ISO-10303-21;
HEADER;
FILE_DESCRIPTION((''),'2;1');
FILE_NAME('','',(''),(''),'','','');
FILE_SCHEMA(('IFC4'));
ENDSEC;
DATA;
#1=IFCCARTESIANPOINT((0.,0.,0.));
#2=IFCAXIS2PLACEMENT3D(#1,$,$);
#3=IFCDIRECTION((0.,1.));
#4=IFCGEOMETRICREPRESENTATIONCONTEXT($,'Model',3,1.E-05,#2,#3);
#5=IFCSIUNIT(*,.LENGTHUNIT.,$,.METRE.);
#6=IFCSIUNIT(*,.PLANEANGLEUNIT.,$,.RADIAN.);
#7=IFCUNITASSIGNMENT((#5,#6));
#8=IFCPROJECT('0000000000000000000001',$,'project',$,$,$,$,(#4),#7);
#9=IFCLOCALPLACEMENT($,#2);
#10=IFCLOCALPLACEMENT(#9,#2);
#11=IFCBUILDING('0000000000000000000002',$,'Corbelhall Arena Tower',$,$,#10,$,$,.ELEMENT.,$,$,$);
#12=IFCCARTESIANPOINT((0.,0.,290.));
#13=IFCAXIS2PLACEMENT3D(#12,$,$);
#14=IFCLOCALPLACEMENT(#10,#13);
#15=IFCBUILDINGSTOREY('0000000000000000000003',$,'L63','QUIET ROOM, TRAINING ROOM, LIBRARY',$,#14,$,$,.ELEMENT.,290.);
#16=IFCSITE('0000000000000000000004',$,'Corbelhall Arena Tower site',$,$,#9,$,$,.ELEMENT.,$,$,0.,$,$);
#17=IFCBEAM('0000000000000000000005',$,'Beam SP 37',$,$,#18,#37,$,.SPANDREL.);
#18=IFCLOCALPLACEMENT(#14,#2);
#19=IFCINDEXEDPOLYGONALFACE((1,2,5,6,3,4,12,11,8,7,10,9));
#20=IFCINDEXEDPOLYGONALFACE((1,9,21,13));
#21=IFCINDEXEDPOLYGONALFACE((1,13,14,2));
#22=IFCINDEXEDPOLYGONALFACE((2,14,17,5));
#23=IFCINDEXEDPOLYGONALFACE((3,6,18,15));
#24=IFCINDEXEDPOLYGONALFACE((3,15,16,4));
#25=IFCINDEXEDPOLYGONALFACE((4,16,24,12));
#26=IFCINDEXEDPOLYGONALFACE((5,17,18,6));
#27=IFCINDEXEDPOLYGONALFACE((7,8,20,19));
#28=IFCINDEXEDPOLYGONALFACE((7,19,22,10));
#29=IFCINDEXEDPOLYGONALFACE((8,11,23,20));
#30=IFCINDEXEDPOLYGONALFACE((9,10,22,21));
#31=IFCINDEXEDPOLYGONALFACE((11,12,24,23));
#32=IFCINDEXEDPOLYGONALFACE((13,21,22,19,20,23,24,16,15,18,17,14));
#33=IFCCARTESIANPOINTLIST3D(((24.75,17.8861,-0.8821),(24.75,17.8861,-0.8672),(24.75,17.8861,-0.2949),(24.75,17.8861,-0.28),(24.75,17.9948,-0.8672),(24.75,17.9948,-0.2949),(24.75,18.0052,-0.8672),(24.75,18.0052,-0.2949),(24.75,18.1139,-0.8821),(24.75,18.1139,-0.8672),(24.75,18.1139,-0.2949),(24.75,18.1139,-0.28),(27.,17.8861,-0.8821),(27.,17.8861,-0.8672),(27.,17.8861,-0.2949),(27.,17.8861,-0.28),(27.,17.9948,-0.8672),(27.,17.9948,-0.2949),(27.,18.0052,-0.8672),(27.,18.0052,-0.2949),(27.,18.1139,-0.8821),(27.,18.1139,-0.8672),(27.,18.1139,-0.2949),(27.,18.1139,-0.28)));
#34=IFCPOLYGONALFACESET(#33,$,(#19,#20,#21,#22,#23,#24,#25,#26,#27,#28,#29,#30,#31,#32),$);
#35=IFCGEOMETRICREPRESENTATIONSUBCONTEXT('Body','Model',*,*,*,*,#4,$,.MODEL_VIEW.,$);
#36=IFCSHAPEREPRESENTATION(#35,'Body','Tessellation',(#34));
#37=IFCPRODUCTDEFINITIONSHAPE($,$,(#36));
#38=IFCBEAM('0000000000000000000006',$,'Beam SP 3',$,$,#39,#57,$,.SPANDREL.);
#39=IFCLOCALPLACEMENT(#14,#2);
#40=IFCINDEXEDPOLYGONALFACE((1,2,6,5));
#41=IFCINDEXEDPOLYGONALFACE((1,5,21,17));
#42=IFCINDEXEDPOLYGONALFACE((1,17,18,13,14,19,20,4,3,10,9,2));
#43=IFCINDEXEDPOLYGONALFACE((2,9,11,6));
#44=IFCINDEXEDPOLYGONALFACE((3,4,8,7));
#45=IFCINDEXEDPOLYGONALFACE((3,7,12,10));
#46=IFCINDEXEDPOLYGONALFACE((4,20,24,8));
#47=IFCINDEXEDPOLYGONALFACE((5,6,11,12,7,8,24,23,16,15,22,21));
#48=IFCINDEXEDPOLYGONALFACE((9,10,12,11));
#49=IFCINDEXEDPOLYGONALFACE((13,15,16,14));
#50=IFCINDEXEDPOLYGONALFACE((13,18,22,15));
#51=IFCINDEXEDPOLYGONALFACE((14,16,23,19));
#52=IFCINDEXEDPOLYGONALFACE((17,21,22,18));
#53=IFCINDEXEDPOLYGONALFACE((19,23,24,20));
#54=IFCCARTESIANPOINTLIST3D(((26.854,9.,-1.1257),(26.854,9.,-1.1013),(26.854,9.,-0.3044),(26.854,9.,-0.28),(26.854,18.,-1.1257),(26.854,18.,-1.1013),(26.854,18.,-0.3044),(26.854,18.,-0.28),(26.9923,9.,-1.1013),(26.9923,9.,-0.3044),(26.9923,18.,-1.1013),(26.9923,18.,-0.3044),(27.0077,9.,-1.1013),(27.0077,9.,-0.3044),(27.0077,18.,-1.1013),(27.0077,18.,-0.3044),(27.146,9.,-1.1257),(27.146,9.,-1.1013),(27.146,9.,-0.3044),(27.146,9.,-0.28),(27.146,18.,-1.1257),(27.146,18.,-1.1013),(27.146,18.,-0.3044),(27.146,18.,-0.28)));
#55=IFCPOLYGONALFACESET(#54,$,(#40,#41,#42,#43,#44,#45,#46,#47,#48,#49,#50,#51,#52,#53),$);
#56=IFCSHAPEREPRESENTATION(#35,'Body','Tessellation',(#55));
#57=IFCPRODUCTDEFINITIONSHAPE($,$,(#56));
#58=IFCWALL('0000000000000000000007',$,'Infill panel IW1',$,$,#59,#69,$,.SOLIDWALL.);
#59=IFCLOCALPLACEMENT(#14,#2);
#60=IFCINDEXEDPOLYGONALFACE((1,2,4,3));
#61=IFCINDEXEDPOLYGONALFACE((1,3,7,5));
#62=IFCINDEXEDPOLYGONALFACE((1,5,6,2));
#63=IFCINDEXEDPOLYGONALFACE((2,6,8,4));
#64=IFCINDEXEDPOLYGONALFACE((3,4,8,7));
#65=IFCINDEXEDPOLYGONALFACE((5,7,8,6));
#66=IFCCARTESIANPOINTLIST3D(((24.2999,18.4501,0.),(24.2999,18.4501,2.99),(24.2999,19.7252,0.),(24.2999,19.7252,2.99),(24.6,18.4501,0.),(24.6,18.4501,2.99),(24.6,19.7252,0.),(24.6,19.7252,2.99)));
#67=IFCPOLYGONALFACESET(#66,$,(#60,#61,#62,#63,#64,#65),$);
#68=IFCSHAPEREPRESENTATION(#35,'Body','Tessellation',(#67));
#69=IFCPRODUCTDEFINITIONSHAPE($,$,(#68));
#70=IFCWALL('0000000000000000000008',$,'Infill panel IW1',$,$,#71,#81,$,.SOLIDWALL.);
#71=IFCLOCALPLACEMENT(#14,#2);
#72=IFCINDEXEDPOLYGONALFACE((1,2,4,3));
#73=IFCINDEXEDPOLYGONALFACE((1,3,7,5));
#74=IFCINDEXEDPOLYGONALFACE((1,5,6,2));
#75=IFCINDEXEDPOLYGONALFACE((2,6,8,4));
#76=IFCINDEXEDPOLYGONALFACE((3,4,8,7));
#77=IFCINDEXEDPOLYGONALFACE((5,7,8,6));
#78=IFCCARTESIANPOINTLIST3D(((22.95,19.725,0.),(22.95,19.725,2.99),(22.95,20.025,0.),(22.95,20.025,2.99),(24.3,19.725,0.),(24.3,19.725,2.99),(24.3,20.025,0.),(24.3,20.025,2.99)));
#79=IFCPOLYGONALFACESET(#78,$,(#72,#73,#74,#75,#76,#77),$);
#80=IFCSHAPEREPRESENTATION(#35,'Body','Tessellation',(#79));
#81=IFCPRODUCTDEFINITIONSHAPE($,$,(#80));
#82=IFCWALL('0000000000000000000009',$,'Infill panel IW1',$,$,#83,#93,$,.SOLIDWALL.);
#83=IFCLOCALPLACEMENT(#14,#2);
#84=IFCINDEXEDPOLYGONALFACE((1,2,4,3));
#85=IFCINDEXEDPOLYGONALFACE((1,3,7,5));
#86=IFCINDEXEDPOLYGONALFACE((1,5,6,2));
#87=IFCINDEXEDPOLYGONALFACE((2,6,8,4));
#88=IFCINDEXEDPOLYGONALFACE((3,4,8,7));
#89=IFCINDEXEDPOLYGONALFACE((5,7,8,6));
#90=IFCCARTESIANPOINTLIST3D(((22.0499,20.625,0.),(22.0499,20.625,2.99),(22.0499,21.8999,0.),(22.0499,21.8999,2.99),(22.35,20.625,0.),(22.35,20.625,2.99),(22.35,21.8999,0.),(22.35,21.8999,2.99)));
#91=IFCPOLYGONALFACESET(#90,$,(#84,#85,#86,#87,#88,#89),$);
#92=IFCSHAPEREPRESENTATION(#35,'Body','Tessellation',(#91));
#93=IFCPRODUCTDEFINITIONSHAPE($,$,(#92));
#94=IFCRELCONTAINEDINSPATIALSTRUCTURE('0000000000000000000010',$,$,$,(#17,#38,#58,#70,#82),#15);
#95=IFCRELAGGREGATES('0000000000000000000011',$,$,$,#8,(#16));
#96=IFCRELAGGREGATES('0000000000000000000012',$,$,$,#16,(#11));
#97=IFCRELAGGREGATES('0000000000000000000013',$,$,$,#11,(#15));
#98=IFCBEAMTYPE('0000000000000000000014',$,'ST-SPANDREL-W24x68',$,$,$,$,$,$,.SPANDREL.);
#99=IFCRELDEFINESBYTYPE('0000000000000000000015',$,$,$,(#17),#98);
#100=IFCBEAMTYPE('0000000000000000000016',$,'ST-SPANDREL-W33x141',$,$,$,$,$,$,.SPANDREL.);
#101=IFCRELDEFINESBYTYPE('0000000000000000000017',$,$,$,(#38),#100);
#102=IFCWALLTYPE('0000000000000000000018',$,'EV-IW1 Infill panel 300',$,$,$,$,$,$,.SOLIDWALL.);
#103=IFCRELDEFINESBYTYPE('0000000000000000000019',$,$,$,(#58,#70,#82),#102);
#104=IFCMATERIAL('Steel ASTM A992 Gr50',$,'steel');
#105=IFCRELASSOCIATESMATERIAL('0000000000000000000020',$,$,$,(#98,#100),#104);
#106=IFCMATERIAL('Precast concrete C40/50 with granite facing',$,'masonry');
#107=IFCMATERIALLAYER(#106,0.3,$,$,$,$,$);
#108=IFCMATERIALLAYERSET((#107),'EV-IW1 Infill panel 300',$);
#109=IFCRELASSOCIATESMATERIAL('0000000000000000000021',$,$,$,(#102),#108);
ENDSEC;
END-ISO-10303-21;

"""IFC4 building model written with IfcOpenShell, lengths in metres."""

from ifc_helpers import new_model, si_unit, direction, frame, frame_2d, origin, origin_2d, place, context, subcontext, project, spatial, rectangle, i_section, extrude, material, layer, layer_set, material_profile, profile_set, type_object, element, save


model = new_model("IFC4")

# Units and contexts
model_context = context("Model", 3, precision=1e-05, world=origin(), true_north=direction((0.0, 1.0)))
body_context = subcontext(model_context, "Body", "Model", "MODEL_VIEW")
ifc_project = project(units=[si_unit("LENGTHUNIT", "METRE"), si_unit("PLANEANGLEUNIT", "RADIAN")], contexts=[model_context])

# Site, building, storey
site_placement = place(None, origin())
site = spatial("IfcSite", under=ifc_project, at=site_placement, Name="Corbelhall Arena Tower site", CompositionType="ELEMENT", RefElevation=0.0)
building_placement = place(site_placement, origin())
building = spatial("IfcBuilding", under=site, at=building_placement, Name="Corbelhall Arena Tower", CompositionType="ELEMENT")
storey_placement = place(building_placement, frame((0.0, 0.0, 290.0)))
storey = spatial("IfcBuildingStorey", under=building, at=storey_placement, Name="L63", Description="QUIET ROOM, TRAINING ROOM, LIBRARY", CompositionType="ELEMENT", Elevation=290.0)

# Beams
ifc_material_1 = material(Name="Steel ASTM A992 Gr50", Category="steel")
ifc_material_profile_1 = material_profile(ifc_material_1, i_section(OverallWidth=0.2278, OverallDepth=0.6021, WebThickness=0.0105, FlangeThickness=0.0149, at=origin_2d()))
ifc_profile_set_1 = profile_set([ifc_material_profile_1], Name="Steel ASTM A992 Gr50")
beam_type_1 = type_object("IfcBeamType", Name="ST-SPANDREL-W24x68", PredefinedType="SPANDREL", material=ifc_profile_set_1)
beam_1_placement = place(storey_placement, frame((24.75, 18.0, -0.5811), z_axis=(1.0, 0.0, 0.0), x_axis=(0.0, 1.0, 0.0)))
element("IfcBeam", 1, at=beam_1_placement, inside=storey, type_object=beam_type_1, Name="Beam SP 37", PredefinedType="SPANDREL", context=body_context, shape_type="SweptSolid", body=[
    extrude(i_section(OverallWidth=0.2278, OverallDepth=0.6021, WebThickness=0.0105, FlangeThickness=0.0149, at=origin_2d()), origin(), (0.0, 0.0, 1.0), 2.25),
])
ifc_material_profile_2 = material_profile(ifc_material_1, i_section(OverallWidth=0.292, OverallDepth=0.8457, WebThickness=0.0154, FlangeThickness=0.0244, at=origin_2d()))
ifc_profile_set_2 = profile_set([ifc_material_profile_2], Name="Steel ASTM A992 Gr50")
beam_type_2 = type_object("IfcBeamType", Name="ST-SPANDREL-W33x141", PredefinedType="SPANDREL", material=ifc_profile_set_2)
beam_2_placement = place(storey_placement, frame((27.0, 18.0, -0.7029), z_axis=(0.0, -1.0, 0.0), x_axis=(1.0, 0.0, 0.0)))
element("IfcBeam", 2, at=beam_2_placement, inside=storey, type_object=beam_type_2, Name="Beam SP 3", PredefinedType="SPANDREL", context=body_context, shape_type="SweptSolid", body=[
    extrude(i_section(OverallWidth=0.292, OverallDepth=0.8457, WebThickness=0.0154, FlangeThickness=0.0244, at=origin_2d()), origin(), (0.0, 0.0, 1.0), 9.0),
])

# Walls
ifc_material_2 = material(Name="Precast concrete C40/50 with granite facing", Category="masonry")
ifc_layer_1 = layer(ifc_material_2, 0.3)
ifc_layer_set_1 = layer_set([ifc_layer_1], Name="EV-IW1 Infill panel 300")
wall_type_1 = type_object("IfcWallType", Name="EV-IW1 Infill panel 300", PredefinedType="SOLIDWALL", material=ifc_layer_set_1)
wall_1_placement = place(storey_placement, frame((24.45, 18.45, 0.0), z_axis=(0.0, 0.0, 1.0), x_axis=(0.0, 1.0, 0.0)))
element("IfcWall", 3, at=wall_1_placement, inside=storey, type_object=wall_type_1, Name="Infill panel IW1", PredefinedType="SOLIDWALL", context=body_context, shape_type="SweptSolid", body=[
    extrude(rectangle(XDim=1.2751, YDim=0.3, at=frame_2d((0.6377, 0.0))), origin(), (0.0, 0.0, 1.0), 2.99),
])
wall_2_placement = place(storey_placement, frame((24.3, 19.875, 0.0), z_axis=(0.0, 0.0, 1.0), x_axis=(-1.0, 0.0, 0.0)))
element("IfcWall", 4, at=wall_2_placement, inside=storey, type_object=wall_type_1, Name="Infill panel IW1", PredefinedType="SOLIDWALL", context=body_context, shape_type="SweptSolid", body=[
    extrude(rectangle(XDim=1.3501, YDim=0.3, at=frame_2d((0.675, 0.0))), origin(), (0.0, 0.0, 1.0), 2.99),
])
wall_3_placement = place(storey_placement, frame((22.2, 20.625, 0.0), z_axis=(0.0, 0.0, 1.0), x_axis=(0.0, 1.0, 0.0)))
element("IfcWall", 5, at=wall_3_placement, inside=storey, type_object=wall_type_1, Name="Infill panel IW1", PredefinedType="SOLIDWALL", context=body_context, shape_type="SweptSolid", body=[
    extrude(rectangle(XDim=1.2749, YDim=0.3, at=frame_2d((0.6375, 0.0))), origin(), (0.0, 0.0, 1.0), 2.99),
])

save(model, "model.ifc")
